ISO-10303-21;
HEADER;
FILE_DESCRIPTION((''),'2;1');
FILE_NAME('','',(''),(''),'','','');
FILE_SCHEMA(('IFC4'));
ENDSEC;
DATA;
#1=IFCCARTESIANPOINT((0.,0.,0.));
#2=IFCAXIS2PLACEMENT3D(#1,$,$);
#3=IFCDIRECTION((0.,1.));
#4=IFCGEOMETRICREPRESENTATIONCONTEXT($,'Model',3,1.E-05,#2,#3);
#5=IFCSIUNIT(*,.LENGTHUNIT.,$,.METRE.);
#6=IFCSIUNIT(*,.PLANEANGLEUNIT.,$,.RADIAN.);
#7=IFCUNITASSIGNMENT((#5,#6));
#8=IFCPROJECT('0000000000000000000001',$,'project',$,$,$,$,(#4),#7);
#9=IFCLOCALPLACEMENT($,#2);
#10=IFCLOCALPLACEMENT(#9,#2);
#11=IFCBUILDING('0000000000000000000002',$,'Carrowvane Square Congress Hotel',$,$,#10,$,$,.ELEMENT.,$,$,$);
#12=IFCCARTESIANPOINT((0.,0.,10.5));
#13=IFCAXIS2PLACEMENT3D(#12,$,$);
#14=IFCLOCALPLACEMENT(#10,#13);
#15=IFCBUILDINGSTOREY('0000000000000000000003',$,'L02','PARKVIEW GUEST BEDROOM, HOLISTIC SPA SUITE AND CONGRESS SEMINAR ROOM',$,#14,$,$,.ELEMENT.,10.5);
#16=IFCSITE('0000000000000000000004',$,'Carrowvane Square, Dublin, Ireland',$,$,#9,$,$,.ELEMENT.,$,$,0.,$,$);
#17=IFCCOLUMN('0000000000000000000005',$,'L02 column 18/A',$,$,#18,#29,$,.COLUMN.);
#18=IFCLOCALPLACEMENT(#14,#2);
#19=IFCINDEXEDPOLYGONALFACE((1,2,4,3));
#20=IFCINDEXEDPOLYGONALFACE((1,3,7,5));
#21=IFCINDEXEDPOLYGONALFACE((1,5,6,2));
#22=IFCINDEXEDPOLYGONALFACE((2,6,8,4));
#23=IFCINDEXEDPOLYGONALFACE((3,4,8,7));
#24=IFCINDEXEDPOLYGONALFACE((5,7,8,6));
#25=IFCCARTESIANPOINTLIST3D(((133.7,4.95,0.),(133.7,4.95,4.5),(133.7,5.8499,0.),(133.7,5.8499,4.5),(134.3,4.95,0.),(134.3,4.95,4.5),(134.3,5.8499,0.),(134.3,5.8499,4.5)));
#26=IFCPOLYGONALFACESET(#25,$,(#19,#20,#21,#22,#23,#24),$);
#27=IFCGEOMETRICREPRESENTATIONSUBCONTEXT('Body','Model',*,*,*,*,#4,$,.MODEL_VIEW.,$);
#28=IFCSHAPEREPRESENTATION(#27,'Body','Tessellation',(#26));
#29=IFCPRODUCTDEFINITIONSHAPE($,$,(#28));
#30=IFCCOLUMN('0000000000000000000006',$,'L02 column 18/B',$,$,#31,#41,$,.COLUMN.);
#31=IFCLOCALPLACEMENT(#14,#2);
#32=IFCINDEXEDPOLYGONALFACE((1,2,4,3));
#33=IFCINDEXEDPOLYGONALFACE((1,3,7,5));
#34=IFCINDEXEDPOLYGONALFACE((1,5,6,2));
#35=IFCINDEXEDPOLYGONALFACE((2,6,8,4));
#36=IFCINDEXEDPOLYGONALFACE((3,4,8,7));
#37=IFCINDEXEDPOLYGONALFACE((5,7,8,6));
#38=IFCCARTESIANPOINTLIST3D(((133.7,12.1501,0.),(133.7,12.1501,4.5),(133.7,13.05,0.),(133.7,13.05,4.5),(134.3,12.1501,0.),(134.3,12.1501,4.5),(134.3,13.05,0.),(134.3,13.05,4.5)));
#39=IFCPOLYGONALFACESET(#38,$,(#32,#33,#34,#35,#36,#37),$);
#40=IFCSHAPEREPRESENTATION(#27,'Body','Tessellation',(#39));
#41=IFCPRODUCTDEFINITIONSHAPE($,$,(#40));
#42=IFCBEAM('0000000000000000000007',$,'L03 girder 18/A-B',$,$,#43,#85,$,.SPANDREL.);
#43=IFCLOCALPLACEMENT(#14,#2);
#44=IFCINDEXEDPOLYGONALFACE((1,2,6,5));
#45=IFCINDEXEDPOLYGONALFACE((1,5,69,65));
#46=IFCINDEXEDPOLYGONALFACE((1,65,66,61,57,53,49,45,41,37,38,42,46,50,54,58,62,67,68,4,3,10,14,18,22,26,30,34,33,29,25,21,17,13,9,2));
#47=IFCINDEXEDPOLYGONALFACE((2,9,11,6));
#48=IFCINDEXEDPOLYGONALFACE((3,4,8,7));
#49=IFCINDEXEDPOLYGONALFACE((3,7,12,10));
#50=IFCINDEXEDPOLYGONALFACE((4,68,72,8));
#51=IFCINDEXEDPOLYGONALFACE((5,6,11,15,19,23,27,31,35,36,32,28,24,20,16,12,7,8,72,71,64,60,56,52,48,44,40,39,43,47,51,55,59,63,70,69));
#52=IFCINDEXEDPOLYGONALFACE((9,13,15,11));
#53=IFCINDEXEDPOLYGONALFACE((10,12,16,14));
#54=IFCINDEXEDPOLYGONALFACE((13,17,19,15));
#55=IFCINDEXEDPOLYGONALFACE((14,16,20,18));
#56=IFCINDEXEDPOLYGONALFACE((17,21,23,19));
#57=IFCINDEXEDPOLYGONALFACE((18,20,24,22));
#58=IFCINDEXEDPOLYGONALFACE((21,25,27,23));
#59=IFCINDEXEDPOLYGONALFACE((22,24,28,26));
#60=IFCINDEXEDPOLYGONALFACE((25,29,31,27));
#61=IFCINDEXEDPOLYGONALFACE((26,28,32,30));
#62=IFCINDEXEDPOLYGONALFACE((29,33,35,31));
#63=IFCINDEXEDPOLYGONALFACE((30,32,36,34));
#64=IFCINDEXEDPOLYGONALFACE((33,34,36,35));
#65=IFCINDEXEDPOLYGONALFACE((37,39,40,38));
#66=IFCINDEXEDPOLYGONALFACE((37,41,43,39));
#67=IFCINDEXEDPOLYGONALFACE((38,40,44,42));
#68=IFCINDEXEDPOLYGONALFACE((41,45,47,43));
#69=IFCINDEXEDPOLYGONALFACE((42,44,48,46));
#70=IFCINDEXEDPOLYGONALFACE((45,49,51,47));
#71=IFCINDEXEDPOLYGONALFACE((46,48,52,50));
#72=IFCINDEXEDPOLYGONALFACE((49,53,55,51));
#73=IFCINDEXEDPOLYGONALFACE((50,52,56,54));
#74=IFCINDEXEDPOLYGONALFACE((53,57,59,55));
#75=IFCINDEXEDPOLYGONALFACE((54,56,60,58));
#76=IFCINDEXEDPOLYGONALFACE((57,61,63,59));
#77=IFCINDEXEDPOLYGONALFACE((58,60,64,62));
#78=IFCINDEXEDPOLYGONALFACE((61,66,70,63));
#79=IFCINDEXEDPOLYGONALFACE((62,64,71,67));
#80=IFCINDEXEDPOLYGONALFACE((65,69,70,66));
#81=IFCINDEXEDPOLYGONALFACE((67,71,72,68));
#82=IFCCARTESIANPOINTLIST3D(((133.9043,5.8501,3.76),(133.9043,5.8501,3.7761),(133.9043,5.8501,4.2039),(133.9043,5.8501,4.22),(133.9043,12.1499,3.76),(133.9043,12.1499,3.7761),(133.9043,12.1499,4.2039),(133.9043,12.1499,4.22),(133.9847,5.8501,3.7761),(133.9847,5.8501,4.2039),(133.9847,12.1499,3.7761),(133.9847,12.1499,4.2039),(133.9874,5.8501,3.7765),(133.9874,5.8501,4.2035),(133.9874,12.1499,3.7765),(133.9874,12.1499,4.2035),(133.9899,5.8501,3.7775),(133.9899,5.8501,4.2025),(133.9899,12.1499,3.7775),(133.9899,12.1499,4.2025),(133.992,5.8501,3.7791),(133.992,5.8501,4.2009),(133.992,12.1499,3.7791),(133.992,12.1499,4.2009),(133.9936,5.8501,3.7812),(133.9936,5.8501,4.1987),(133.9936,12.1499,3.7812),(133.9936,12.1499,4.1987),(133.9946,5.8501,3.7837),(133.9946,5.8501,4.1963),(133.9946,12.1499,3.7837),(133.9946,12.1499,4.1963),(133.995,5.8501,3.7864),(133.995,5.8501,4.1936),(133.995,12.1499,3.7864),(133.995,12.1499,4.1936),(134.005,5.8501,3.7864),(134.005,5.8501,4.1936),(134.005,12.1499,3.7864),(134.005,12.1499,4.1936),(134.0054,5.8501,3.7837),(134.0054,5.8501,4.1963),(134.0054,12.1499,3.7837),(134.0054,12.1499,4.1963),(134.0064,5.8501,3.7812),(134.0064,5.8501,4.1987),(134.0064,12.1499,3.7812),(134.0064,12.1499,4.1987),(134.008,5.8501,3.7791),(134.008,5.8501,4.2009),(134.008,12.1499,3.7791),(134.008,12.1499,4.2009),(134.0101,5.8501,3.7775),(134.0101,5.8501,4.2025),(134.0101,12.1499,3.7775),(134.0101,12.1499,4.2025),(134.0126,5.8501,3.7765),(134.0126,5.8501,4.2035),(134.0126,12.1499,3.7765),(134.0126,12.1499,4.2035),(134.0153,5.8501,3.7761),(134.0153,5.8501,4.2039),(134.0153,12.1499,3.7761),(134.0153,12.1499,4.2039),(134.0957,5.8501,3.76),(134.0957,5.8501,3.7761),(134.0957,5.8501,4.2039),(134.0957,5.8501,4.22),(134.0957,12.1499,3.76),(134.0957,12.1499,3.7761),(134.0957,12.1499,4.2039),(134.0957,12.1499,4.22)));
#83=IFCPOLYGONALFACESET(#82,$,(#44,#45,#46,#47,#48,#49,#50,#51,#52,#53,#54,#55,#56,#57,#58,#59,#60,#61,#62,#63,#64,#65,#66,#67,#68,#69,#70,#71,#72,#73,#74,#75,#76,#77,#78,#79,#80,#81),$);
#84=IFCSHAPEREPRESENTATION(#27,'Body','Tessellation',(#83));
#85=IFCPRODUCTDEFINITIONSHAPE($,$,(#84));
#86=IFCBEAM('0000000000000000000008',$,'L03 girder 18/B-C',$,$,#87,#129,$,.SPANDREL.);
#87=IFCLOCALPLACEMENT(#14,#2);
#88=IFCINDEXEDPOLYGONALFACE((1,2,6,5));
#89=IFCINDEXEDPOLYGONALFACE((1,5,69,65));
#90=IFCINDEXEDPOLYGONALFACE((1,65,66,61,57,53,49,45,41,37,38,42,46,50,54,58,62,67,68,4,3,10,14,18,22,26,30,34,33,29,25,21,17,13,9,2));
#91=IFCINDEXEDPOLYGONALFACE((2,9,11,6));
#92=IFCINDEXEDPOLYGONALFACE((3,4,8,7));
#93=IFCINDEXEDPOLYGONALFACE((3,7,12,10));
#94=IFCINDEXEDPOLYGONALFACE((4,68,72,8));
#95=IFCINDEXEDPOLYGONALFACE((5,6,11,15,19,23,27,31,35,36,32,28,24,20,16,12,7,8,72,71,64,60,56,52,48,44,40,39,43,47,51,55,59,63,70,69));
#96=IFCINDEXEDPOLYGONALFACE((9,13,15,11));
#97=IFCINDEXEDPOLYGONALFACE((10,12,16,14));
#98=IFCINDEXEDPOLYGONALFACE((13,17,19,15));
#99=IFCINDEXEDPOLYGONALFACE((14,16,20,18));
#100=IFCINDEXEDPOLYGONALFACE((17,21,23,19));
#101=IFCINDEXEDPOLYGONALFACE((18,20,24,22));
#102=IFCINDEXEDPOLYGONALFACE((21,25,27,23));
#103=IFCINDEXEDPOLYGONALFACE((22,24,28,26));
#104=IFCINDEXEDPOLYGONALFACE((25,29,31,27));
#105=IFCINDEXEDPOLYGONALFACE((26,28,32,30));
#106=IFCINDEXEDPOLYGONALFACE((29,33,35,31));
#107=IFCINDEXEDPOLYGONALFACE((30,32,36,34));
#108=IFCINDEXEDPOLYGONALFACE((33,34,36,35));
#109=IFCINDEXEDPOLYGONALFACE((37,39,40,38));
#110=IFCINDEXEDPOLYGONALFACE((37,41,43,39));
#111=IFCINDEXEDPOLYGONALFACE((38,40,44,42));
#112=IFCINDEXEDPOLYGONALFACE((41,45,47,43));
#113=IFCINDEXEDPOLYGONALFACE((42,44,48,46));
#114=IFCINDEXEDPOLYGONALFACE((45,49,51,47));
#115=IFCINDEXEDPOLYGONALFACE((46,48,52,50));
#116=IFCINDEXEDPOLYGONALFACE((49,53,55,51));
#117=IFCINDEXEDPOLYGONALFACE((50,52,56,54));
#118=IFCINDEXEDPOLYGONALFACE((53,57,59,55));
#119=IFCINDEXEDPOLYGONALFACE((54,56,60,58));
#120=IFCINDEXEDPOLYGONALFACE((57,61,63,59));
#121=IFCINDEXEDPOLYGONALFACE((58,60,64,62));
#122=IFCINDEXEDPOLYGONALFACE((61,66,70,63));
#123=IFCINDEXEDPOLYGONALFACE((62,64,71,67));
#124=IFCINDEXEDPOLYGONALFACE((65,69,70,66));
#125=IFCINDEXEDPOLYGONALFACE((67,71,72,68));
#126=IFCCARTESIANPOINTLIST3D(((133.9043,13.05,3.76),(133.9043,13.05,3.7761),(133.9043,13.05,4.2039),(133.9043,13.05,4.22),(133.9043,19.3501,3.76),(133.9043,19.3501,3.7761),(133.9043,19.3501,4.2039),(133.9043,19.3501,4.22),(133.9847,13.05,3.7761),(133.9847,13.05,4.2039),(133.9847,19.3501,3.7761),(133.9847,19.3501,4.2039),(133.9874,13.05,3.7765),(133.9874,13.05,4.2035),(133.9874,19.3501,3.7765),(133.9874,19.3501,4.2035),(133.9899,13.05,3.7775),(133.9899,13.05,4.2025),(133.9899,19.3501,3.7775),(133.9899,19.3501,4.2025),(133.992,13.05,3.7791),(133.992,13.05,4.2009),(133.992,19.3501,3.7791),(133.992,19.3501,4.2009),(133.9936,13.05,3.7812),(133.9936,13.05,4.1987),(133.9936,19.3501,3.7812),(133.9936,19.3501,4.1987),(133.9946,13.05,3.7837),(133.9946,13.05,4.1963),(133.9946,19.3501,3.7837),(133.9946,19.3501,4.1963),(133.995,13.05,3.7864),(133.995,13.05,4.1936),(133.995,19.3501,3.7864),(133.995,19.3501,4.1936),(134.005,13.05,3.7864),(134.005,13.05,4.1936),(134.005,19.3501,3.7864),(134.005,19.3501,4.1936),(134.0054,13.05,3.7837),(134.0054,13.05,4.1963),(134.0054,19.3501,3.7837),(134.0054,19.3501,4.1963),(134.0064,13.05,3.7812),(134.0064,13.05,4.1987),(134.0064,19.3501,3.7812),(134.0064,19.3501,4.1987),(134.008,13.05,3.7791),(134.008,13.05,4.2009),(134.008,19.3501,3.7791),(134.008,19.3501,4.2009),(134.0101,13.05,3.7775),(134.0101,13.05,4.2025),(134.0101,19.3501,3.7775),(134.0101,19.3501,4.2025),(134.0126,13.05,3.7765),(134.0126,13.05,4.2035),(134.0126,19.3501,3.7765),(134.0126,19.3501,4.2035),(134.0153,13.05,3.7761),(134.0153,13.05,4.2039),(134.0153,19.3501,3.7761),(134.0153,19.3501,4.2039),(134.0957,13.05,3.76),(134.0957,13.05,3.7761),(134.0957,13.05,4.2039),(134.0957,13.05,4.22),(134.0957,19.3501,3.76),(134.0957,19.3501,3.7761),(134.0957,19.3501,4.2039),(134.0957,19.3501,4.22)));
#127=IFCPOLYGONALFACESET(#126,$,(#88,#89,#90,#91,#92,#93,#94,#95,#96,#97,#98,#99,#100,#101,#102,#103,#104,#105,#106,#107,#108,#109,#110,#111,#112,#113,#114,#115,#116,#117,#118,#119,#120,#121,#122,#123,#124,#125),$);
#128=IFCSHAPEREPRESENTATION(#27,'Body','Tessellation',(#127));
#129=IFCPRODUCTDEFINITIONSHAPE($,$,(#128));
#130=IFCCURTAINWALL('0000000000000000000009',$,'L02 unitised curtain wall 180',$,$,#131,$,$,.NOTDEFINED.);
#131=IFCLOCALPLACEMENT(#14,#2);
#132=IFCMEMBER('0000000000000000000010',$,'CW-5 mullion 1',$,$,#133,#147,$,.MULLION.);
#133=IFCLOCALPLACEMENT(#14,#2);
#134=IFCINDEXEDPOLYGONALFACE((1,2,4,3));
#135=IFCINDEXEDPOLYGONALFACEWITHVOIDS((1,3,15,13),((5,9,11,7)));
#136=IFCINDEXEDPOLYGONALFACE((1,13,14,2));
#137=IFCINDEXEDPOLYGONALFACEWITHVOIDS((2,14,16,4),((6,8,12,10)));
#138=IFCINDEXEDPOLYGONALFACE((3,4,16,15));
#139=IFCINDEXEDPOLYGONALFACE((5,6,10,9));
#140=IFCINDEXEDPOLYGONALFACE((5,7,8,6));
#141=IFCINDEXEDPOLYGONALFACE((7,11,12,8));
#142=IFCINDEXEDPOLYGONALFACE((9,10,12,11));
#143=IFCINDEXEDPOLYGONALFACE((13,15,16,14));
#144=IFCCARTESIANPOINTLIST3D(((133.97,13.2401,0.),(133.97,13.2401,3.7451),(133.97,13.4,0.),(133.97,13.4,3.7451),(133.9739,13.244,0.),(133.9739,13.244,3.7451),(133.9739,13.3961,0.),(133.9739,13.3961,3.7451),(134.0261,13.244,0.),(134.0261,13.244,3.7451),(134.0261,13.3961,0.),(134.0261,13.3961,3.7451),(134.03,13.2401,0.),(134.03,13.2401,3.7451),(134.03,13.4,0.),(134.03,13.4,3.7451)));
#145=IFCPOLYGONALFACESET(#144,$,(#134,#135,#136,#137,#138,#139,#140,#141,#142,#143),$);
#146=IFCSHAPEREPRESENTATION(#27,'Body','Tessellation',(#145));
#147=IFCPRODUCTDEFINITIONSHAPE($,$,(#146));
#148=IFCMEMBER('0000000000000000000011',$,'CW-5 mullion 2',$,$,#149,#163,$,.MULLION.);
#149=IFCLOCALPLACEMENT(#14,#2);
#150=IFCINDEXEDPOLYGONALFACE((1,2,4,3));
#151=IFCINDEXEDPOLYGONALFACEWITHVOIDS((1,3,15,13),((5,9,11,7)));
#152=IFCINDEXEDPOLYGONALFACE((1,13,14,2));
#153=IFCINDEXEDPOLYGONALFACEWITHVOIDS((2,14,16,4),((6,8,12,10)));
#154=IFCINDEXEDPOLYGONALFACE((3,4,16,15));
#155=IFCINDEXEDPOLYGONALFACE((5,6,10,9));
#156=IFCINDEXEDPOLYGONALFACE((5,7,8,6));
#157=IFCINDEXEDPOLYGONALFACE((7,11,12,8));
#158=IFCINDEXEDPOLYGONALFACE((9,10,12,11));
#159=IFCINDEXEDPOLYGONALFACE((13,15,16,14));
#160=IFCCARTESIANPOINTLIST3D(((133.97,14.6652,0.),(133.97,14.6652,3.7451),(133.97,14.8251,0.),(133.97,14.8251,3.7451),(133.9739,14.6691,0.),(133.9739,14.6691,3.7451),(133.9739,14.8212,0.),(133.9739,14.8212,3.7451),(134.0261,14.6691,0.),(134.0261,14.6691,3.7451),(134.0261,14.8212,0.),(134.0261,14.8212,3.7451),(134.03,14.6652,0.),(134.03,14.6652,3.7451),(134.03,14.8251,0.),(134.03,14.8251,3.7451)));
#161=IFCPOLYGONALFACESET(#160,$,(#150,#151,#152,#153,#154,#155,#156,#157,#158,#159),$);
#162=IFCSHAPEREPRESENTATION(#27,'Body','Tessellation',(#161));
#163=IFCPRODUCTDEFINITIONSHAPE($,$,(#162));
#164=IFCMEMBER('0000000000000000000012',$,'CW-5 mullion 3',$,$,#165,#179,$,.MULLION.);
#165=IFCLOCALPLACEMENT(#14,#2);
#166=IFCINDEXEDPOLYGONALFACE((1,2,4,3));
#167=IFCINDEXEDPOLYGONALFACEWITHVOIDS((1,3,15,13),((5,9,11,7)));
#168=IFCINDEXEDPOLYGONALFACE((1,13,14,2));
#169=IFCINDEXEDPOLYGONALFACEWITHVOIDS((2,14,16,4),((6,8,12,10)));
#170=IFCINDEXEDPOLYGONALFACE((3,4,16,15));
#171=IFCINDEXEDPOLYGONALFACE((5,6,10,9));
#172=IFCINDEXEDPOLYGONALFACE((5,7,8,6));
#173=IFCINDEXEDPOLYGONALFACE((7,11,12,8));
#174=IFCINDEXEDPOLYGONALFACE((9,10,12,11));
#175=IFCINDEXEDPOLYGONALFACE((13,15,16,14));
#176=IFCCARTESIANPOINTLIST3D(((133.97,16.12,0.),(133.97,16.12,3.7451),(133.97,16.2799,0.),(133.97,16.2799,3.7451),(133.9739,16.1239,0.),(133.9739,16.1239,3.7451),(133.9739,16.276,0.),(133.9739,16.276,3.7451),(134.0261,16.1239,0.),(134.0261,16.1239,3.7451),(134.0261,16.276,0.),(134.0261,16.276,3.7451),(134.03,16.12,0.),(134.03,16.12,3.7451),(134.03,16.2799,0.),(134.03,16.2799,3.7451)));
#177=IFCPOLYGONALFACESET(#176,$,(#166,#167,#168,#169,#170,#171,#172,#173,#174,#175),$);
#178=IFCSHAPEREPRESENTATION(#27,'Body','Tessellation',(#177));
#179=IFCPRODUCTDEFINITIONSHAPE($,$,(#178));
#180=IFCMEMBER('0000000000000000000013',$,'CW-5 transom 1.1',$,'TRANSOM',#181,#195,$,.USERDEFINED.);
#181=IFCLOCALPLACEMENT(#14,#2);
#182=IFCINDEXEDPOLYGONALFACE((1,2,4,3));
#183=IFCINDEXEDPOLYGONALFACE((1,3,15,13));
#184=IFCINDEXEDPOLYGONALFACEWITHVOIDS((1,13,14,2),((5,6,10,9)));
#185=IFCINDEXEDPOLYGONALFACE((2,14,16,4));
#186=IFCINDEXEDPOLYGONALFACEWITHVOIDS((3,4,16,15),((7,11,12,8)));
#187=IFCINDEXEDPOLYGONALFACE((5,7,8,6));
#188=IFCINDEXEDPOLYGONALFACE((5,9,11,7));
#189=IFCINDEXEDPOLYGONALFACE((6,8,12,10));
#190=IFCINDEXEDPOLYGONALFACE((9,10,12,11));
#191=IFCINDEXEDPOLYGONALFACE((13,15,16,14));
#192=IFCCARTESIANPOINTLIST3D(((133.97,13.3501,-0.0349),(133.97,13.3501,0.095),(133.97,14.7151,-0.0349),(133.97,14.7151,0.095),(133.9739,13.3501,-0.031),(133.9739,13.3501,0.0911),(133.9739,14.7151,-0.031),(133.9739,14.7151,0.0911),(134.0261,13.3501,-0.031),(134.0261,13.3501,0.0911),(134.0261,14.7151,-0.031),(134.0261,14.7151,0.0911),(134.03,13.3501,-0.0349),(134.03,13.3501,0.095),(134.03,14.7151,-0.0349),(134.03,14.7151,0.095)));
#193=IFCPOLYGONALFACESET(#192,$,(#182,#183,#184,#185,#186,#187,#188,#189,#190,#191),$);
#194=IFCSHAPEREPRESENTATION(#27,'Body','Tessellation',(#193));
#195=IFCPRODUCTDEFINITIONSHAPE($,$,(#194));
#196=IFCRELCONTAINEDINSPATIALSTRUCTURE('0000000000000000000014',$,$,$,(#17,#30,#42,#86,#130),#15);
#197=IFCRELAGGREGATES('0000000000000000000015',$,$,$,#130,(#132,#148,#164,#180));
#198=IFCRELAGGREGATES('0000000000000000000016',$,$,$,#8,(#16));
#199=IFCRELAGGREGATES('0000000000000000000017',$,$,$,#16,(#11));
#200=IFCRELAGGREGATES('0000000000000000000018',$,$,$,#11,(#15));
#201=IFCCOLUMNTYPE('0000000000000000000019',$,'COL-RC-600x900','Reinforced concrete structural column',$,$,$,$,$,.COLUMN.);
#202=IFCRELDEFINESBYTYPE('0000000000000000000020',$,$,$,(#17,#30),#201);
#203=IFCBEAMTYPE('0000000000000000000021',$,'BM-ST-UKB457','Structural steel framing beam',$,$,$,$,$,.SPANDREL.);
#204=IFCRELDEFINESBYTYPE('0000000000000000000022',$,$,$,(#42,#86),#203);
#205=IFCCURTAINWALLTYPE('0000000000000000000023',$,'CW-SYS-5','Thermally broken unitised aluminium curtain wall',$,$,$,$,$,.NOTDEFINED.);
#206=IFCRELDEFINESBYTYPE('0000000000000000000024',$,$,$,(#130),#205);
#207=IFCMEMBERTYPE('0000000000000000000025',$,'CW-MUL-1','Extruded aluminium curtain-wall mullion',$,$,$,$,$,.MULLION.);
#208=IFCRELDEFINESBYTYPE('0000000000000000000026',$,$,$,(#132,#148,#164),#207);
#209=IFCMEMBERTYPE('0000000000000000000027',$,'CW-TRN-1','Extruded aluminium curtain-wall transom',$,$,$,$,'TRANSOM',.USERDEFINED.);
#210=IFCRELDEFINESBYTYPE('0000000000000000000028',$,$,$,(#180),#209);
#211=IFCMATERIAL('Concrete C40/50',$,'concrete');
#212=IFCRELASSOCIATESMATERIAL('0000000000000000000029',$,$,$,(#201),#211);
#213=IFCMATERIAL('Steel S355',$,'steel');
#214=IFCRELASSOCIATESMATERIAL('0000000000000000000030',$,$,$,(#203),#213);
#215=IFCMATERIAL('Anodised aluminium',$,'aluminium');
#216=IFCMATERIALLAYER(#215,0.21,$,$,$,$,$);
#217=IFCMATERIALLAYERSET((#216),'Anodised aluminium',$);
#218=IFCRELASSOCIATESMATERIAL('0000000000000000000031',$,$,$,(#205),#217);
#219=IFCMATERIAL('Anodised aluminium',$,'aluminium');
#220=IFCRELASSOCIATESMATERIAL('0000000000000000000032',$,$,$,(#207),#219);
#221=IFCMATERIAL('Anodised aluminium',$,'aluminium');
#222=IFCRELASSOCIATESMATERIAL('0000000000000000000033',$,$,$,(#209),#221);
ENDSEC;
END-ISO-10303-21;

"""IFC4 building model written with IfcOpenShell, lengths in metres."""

from ifc_helpers import new_model, si_unit, direction, frame, origin, origin_2d, place, context, subcontext, project, spatial, rectangle, hollow_rectangle, i_section, extrude, material, layer, layer_set, material_profile, profile_set, type_object, element, aggregate, save


model = new_model("IFC4")

# Units and contexts
model_context = context("Model", 3, precision=1e-05, world=origin(), true_north=direction((0.0, 1.0)))
body_context = subcontext(model_context, "Body", "Model", "MODEL_VIEW")
ifc_project = project(units=[si_unit("LENGTHUNIT", "METRE"), si_unit("PLANEANGLEUNIT", "RADIAN")], contexts=[model_context])

# Site, building, storey
site_placement = place(None, origin())
site = spatial("IfcSite", under=ifc_project, at=site_placement, Name="Carrowvane Square, Dublin, Ireland", CompositionType="ELEMENT", RefElevation=0.0)
building_placement = place(site_placement, origin())
building = spatial("IfcBuilding", under=site, at=building_placement, Name="Carrowvane Square Congress Hotel", CompositionType="ELEMENT")
storey_placement = place(building_placement, frame((0.0, 0.0, 10.5)))
storey = spatial("IfcBuildingStorey", under=building, at=storey_placement, Name="L02", Description="PARKVIEW GUEST BEDROOM, HOLISTIC SPA SUITE AND CONGRESS SEMINAR ROOM", CompositionType="ELEMENT", Elevation=10.5)

# Columns
ifc_material_1 = material(Name="Concrete C40/50", Category="concrete")
ifc_material_profile_1 = material_profile(ifc_material_1, rectangle(XDim=0.6001, YDim=0.8999, at=origin_2d()), Name="RC 600x900")
ifc_profile_set_1 = profile_set([ifc_material_profile_1], Name="Concrete C40/50")
column_type = type_object("IfcColumnType", Name="COL-RC-600x900", Description="Reinforced concrete structural column", PredefinedType="COLUMN", material=ifc_profile_set_1)
for number, where, z_axis, x_axis, name in (
    (1, (134.0, 5.3999, 0.0), (0.0, 0.0, 1.0), (1.0, 0.0, 0.0), "L02 column 18/A"),
    (2, (134.0, 12.6001, 0.0), (0.0, 0.0, 1.0), (1.0, 0.0, 0.0), "L02 column 18/B"),
):
    element("IfcColumn", number, at=place(storey_placement, frame(where, z_axis=z_axis, x_axis=x_axis)), inside=storey, type_object=column_type, Name=name, PredefinedType="COLUMN", context=body_context, shape_type="SweptSolid", body=[
        extrude(rectangle(XDim=0.6001, YDim=0.8999, at=origin_2d()), origin(), (0.0, 0.0, 1.0), 4.5),
    ])

# Beams
ifc_material_2 = material(Name="Steel S355", Category="steel")
ifc_material_profile_2 = material_profile(ifc_material_2, i_section(OverallWidth=0.1914, OverallDepth=0.46, WebThickness=0.01, FlangeThickness=0.0161, FilletRadius=0.0103, at=origin_2d()), Name="UKB 457x191x82")
ifc_profile_set_2 = profile_set([ifc_material_profile_2], Name="Steel S355")
beam_type = type_object("IfcBeamType", Name="BM-ST-UKB457", Description="Structural steel framing beam", PredefinedType="SPANDREL", material=ifc_profile_set_2)
beam_1_placement = place(storey_placement, frame((134.0, 5.8501, 3.99), z_axis=(0.0, 1.0, 0.0), x_axis=(-1.0, 0.0, 0.0)))
element("IfcBeam", 3, at=beam_1_placement, inside=storey, type_object=beam_type, Name="L03 girder 18/A-B", PredefinedType="SPANDREL", context=body_context, shape_type="SweptSolid", body=[
    extrude(i_section(OverallWidth=0.1914, OverallDepth=0.46, WebThickness=0.01, FlangeThickness=0.0161, FilletRadius=0.0103, at=origin_2d()), origin(), (0.0, 0.0, 1.0), 6.2998),
])
beam_2_placement = place(storey_placement, frame((134.0, 13.05, 3.99), z_axis=(0.0, 1.0, 0.0), x_axis=(-1.0, 0.0, 0.0)))
element("IfcBeam", 4, at=beam_2_placement, inside=storey, type_object=beam_type, Name="L03 girder 18/B-C", PredefinedType="SPANDREL", context=body_context, shape_type="SweptSolid", body=[
    extrude(i_section(OverallWidth=0.1914, OverallDepth=0.46, WebThickness=0.01, FlangeThickness=0.0161, FilletRadius=0.0103, at=origin_2d()), origin(), (0.0, 0.0, 1.0), 6.3),
])

# Curtain wall, members
ifc_material_3 = material(Name="Anodised aluminium", Category="aluminium")
ifc_layer_1 = layer(ifc_material_3, 0.21)
ifc_layer_set_1 = layer_set([ifc_layer_1], Name="Anodised aluminium")
curtain_wall_type = type_object("IfcCurtainWallType", Name="CW-SYS-5", Description="Thermally broken unitised aluminium curtain wall", PredefinedType="NOTDEFINED", material=ifc_layer_set_1)
curtain_wall_placement = place(storey_placement, origin())
curtain_wall = element("IfcCurtainWall", 5, at=curtain_wall_placement, inside=storey, type_object=curtain_wall_type, Name="L02 unitised curtain wall 180", PredefinedType="NOTDEFINED")
ifc_material_4 = material(Name="Anodised aluminium", Category="aluminium")
ifc_material_profile_3 = material_profile(ifc_material_4, hollow_rectangle(XDim=0.0601, YDim=0.1599, WallThickness=0.0039, at=origin_2d()), Name="CW-ML 60x160x4")
ifc_profile_set_3 = profile_set([ifc_material_profile_3], Name="Anodised aluminium")
member_type_1 = type_object("IfcMemberType", Name="CW-MUL-1", Description="Extruded aluminium curtain-wall mullion", PredefinedType="MULLION", material=ifc_profile_set_3)
member_1_placement = place(storey_placement, frame((134.0, 13.3201, 0.0), z_axis=(0.0, 0.0, 1.0), x_axis=(-1.0, 0.0, 0.0)))
member_1 = element("IfcMember", 6, at=member_1_placement, type_object=member_type_1, Name="CW-5 mullion 1", PredefinedType="MULLION", context=body_context, shape_type="SweptSolid", body=[
    extrude(hollow_rectangle(XDim=0.0601, YDim=0.1599, WallThickness=0.0039, at=origin_2d()), origin(), (0.0, 0.0, 1.0), 3.7451),
])
member_2_placement = place(storey_placement, frame((134.0, 14.7451, 0.0), z_axis=(0.0, 0.0, 1.0), x_axis=(-1.0, 0.0, 0.0)))
member_2 = element("IfcMember", 7, at=member_2_placement, type_object=member_type_1, Name="CW-5 mullion 2", PredefinedType="MULLION", context=body_context, shape_type="SweptSolid", body=[
    extrude(hollow_rectangle(XDim=0.0601, YDim=0.1599, WallThickness=0.0039, at=origin_2d()), origin(), (0.0, 0.0, 1.0), 3.7451),
])
member_3_placement = place(storey_placement, frame((134.0, 16.2, 0.0), z_axis=(0.0, 0.0, 1.0), x_axis=(-1.0, 0.0, 0.0)))
member_3 = element("IfcMember", 8, at=member_3_placement, type_object=member_type_1, Name="CW-5 mullion 3", PredefinedType="MULLION", context=body_context, shape_type="SweptSolid", body=[
    extrude(hollow_rectangle(XDim=0.0601, YDim=0.1599, WallThickness=0.0039, at=origin_2d()), origin(), (0.0, 0.0, 1.0), 3.7451),
])
ifc_material_5 = material(Name="Anodised aluminium", Category="aluminium")
ifc_material_profile_4 = material_profile(ifc_material_5, hollow_rectangle(XDim=0.0601, YDim=0.1299, WallThickness=0.0039, at=origin_2d()), Name="CW-TR 60x130x4")
ifc_profile_set_4 = profile_set([ifc_material_profile_4], Name="Anodised aluminium")
member_type_2 = type_object("IfcMemberType", Name="CW-TRN-1", Description="Extruded aluminium curtain-wall transom", ElementType="TRANSOM", PredefinedType="USERDEFINED", material=ifc_profile_set_4)
member_4_placement = place(storey_placement, frame((134.0, 13.3501, 0.03), z_axis=(0.0, 1.0, 0.0), x_axis=(-1.0, 0.0, 0.0)))
member_4 = element("IfcMember", 9, at=member_4_placement, type_object=member_type_2, Name="CW-5 transom 1.1", ObjectType="TRANSOM", PredefinedType="USERDEFINED", context=body_context, shape_type="SweptSolid", body=[
    extrude(hollow_rectangle(XDim=0.0601, YDim=0.1299, WallThickness=0.0039, at=origin_2d()), origin(), (0.0, 0.0, 1.0), 1.365),
])
aggregate(curtain_wall, [member_1, member_2, member_3, member_4])

save(model, "model.ifc")
